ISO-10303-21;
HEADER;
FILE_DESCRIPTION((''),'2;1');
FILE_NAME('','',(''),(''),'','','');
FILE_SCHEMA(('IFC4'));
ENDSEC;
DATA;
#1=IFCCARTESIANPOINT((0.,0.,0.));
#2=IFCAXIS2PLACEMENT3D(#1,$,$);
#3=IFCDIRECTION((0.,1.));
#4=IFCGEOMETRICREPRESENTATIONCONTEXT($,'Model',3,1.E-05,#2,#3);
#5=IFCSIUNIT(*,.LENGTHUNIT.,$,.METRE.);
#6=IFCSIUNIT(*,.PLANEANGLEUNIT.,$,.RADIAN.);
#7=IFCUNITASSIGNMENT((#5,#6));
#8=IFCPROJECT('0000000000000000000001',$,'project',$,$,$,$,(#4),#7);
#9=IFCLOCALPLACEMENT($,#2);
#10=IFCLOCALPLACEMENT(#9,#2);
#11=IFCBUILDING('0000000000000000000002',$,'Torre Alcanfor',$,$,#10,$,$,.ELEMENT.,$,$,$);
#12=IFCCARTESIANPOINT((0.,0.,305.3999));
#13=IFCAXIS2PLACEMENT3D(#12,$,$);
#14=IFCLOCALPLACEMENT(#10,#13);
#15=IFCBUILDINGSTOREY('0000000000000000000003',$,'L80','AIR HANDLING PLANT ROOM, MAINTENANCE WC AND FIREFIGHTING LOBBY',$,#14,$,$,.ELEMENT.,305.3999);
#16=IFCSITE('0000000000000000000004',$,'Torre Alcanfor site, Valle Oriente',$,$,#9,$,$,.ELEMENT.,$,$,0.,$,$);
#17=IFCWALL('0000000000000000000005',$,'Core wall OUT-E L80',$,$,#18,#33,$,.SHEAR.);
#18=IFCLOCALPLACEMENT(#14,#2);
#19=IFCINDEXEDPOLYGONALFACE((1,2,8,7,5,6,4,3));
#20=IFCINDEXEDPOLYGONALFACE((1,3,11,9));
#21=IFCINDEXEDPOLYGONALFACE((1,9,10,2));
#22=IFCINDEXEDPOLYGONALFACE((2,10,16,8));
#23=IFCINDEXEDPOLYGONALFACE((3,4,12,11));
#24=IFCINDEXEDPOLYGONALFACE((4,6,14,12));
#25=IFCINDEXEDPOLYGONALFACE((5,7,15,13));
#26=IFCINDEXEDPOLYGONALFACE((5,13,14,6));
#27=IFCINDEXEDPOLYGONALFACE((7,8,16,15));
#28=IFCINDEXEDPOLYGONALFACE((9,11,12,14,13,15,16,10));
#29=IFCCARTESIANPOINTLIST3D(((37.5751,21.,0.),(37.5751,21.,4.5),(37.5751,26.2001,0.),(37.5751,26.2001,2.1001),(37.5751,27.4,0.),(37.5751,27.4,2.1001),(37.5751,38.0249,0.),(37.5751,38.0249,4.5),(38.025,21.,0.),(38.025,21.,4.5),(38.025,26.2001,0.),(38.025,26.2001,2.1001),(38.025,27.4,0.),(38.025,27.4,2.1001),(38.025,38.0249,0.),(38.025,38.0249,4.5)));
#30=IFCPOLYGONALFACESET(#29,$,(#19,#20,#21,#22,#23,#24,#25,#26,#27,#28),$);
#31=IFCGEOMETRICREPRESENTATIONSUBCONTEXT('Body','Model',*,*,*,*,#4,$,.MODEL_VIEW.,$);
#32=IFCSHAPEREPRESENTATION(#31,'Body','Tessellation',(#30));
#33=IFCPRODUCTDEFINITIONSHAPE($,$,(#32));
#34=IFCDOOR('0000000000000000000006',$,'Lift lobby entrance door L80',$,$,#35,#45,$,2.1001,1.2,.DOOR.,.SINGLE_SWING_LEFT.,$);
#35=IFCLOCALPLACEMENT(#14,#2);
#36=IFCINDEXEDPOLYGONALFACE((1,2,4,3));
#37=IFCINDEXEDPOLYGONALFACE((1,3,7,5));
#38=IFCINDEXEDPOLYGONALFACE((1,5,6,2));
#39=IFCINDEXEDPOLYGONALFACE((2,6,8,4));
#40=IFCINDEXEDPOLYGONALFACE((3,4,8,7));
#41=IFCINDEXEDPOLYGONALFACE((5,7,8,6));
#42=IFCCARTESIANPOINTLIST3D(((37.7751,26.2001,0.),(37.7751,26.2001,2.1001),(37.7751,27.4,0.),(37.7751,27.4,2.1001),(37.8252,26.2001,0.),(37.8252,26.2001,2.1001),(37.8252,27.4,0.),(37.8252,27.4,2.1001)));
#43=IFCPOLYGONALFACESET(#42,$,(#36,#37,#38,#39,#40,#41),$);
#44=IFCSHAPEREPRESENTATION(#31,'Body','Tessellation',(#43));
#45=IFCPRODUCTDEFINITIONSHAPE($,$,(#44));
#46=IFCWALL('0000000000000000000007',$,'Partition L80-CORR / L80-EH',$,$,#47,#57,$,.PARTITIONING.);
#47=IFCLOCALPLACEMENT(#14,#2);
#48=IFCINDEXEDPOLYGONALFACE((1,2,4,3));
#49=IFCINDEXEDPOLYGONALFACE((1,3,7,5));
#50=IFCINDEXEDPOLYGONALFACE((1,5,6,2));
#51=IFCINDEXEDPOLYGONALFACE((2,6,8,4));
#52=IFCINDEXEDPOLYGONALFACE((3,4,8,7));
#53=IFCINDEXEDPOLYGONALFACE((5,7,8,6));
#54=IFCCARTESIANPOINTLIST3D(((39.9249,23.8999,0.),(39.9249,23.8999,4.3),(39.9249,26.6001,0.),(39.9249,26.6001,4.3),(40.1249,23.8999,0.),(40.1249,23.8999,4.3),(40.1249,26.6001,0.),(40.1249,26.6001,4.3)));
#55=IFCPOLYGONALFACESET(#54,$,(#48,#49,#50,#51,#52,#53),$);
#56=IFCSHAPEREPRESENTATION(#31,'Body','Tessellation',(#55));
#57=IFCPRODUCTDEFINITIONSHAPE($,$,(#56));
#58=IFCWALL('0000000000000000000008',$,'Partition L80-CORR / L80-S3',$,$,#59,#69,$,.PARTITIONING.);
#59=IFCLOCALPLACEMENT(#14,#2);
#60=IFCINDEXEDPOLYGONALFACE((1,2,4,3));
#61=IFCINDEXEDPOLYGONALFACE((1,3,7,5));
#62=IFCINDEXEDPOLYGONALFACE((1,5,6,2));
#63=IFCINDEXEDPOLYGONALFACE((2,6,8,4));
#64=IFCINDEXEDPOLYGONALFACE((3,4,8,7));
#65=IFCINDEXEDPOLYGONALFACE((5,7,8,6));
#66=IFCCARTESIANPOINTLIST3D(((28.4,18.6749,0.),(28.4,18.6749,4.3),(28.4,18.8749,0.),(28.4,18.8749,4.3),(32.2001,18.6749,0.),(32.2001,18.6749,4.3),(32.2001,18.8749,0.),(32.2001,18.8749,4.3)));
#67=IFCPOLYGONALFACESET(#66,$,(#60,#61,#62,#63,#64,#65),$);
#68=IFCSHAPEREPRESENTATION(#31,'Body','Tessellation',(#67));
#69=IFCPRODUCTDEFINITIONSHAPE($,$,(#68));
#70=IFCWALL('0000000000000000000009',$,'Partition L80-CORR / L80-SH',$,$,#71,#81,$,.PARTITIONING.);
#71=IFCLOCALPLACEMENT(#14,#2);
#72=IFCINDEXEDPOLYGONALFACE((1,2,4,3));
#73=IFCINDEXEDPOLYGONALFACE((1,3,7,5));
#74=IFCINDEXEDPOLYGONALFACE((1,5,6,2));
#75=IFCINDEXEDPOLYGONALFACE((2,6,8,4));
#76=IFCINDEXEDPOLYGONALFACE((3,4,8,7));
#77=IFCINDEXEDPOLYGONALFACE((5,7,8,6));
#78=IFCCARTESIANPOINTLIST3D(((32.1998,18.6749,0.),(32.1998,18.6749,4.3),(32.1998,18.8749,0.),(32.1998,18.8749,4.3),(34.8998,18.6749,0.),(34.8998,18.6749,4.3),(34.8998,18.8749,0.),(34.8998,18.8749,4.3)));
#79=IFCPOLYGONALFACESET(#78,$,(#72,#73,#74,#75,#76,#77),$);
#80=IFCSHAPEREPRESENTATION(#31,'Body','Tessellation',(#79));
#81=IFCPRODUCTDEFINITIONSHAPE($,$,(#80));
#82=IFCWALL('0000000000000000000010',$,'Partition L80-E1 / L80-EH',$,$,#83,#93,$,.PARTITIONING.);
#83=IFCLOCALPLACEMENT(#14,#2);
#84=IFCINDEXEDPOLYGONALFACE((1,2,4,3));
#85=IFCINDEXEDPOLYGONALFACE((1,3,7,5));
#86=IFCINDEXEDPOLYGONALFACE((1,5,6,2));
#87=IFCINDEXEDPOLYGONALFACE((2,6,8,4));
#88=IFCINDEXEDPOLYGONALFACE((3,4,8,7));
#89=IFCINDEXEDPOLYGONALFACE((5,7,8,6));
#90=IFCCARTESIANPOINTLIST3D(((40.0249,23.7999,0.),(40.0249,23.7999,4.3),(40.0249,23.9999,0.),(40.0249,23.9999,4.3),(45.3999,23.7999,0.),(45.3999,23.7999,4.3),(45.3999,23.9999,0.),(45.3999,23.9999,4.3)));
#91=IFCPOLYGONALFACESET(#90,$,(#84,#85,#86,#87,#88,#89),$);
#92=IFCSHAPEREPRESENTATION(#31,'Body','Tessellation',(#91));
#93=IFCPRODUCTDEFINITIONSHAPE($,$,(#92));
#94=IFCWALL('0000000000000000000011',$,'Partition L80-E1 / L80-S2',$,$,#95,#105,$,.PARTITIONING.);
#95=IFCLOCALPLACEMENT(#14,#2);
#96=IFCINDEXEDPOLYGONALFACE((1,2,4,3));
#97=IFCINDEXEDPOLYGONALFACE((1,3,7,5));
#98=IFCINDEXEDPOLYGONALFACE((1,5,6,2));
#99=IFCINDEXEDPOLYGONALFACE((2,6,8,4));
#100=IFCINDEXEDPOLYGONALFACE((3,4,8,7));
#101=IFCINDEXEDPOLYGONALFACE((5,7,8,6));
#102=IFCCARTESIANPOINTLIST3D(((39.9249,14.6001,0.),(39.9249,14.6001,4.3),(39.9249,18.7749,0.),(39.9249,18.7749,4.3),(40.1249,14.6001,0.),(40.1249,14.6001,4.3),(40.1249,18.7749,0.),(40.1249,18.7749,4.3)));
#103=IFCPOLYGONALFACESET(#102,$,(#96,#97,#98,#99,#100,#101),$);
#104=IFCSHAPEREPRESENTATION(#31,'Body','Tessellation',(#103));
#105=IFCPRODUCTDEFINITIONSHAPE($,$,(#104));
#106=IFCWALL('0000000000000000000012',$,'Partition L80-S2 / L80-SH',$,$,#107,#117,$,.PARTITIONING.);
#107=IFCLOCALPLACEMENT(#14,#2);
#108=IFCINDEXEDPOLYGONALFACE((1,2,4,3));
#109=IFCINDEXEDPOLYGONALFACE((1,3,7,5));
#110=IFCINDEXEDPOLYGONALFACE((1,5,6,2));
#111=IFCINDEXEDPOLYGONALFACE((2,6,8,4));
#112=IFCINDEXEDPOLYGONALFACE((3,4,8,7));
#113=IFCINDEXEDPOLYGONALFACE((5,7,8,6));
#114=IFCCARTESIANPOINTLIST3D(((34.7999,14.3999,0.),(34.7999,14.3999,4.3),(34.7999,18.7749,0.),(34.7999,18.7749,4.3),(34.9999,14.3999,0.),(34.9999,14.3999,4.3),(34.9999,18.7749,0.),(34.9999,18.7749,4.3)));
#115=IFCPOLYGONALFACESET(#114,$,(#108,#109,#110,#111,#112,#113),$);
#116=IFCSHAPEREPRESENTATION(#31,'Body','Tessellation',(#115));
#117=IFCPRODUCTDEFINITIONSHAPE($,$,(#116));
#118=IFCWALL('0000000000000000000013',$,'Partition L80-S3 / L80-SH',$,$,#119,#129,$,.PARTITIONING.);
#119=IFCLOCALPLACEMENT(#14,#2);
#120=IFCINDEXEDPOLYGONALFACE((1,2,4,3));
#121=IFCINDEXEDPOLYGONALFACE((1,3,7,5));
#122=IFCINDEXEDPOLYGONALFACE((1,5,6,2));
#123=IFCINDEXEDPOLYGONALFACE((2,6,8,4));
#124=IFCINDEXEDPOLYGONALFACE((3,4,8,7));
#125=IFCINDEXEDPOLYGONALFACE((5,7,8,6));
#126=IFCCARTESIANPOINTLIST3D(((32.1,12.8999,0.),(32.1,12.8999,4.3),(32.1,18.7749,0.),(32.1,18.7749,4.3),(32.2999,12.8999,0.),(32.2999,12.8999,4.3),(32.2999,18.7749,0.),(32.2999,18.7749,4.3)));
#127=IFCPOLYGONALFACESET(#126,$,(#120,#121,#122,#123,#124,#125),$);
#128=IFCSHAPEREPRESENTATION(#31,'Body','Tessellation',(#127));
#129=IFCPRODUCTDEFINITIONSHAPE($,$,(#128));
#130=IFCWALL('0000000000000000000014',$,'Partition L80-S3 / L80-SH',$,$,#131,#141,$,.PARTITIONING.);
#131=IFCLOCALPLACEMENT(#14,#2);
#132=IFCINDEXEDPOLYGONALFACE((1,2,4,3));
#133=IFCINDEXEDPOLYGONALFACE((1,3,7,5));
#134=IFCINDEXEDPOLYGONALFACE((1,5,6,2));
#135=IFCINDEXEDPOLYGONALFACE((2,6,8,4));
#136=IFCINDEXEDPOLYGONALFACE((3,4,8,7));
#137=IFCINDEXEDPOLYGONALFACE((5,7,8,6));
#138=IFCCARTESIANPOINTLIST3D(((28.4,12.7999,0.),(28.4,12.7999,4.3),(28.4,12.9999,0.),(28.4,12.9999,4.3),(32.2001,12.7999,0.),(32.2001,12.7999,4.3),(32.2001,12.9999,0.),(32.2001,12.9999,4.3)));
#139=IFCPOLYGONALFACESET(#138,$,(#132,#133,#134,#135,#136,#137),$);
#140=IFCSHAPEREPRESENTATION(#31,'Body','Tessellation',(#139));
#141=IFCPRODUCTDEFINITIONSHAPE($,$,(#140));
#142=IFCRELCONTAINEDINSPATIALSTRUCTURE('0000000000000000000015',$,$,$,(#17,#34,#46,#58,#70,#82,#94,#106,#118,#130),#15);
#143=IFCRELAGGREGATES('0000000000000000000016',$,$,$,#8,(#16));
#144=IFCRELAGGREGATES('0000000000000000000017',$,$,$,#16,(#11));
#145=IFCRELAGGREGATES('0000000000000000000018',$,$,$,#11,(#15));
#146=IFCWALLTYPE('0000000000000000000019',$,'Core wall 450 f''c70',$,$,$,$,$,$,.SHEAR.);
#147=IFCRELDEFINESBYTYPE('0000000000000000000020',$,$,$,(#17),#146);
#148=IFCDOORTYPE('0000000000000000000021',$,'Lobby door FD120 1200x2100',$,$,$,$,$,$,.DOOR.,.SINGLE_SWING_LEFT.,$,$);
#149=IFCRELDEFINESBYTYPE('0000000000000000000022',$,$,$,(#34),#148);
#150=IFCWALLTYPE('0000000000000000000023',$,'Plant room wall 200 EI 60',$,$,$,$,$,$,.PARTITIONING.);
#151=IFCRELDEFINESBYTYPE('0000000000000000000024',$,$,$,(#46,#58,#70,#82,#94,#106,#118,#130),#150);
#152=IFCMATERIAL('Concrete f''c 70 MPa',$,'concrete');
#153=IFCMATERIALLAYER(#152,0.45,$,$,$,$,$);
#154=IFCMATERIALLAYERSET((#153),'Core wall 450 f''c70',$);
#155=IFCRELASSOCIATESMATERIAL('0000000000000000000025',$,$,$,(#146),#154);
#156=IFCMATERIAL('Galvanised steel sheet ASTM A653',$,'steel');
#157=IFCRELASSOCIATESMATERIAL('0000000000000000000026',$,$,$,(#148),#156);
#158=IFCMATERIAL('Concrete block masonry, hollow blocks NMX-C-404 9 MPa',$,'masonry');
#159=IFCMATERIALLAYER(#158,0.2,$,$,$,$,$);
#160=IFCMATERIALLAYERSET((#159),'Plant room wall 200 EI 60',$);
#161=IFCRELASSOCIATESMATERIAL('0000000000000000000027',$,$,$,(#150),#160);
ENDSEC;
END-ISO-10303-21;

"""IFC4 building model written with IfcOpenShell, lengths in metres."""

from ifc_helpers import new_model, si_unit, direction, frame, frame_2d, origin, place, context, subcontext, project, spatial, rectangle, extrude, material, layer, layer_set, type_object, element, fill, save


model = new_model("IFC4")

# Units and contexts
model_context = context("Model", 3, precision=1e-05, world=origin(), true_north=direction((0.0, 1.0)))
body_context = subcontext(model_context, "Body", "Model", "MODEL_VIEW")
ifc_project = project(units=[si_unit("LENGTHUNIT", "METRE"), si_unit("PLANEANGLEUNIT", "RADIAN")], contexts=[model_context])

# Site, building, storey
site_placement = place(None, origin())
site = spatial("IfcSite", under=ifc_project, at=site_placement, Name="Torre Alcanfor site, Valle Oriente", CompositionType="ELEMENT", RefElevation=0.0)
building_placement = place(site_placement, origin())
building = spatial("IfcBuilding", under=site, at=building_placement, Name="Torre Alcanfor", CompositionType="ELEMENT")
storey_placement = place(building_placement, frame((0.0, 0.0, 305.3999)))
storey = spatial("IfcBuildingStorey", under=building, at=storey_placement, Name="L80", Description="AIR HANDLING PLANT ROOM, MAINTENANCE WC AND FIREFIGHTING LOBBY", CompositionType="ELEMENT", Elevation=305.3999)

# Wall, opening, door
ifc_material_1 = material(Name="Concrete f'c 70 MPa", Category="concrete")
ifc_layer_1 = layer(ifc_material_1, 0.45)
ifc_layer_set_1 = layer_set([ifc_layer_1], Name="Core wall 450 f'c70")
wall_type_1 = type_object("IfcWallType", Name="Core wall 450 f'c70", PredefinedType="SHEAR", material=ifc_layer_set_1)
wall_1_placement = place(storey_placement, frame((37.8, 21.0, 0.0), z_axis=(0.0, 0.0, 1.0), x_axis=(0.0, 1.0, 0.0)))
wall_1 = element("IfcWall", 1, at=wall_1_placement, inside=storey, type_object=wall_type_1, Name="Core wall OUT-E L80", PredefinedType="SHEAR", context=body_context, shape_type="SweptSolid", body=[
    extrude(rectangle(XDim=17.0249, YDim=0.45, at=frame_2d((8.5125, 0.0))), origin(), (0.0, 0.0, 1.0), 4.5),
])
opening_1_placement = place(wall_1_placement, frame((5.2, 0.0, 0.0)))
opening_1 = element("IfcOpeningElement", 2, at=opening_1_placement, cuts=wall_1, PredefinedType="OPENING", context=body_context, shape_type="SweptSolid", body=[
    extrude(rectangle(XDim=1.2, YDim=2.1001, at=frame_2d((0.6001, 1.05))), frame((0.0, 0.2349, 0.0), z_axis=(0.0, -1.0, 0.0), x_axis=(1.0, 0.0, 0.0)), (0.0, 0.0, 1.0), 0.47),
])
ifc_material_2 = material(Name="Galvanised steel sheet ASTM A653", Category="steel")
door_type_1 = type_object("IfcDoorType", Name="Lobby door FD120 1200x2100", OperationType="SINGLE_SWING_LEFT", PredefinedType="DOOR", material=ifc_material_2)
door_1_placement = place(opening_1_placement, origin())
door_1 = element("IfcDoor", 3, at=door_1_placement, inside=storey, type_object=door_type_1, Name="Lift lobby entrance door L80", OperationType="SINGLE_SWING_LEFT", OverallHeight=2.1001, OverallWidth=1.2, PredefinedType="DOOR", context=body_context, shape_type="SweptSolid", body=[
    extrude(rectangle(XDim=1.2, YDim=2.1001, at=frame_2d((0.6001, 1.05))), frame((0.0, 0.0249, 0.0), z_axis=(0.0, -1.0, 0.0), x_axis=(1.0, 0.0, 0.0)), (0.0, 0.0, 1.0), 0.05),
])
fill(opening_1, door_1)
ifc_material_3 = material(Name="Concrete block masonry, hollow blocks NMX-C-404 9 MPa", Category="masonry")
ifc_layer_2 = layer(ifc_material_3, 0.2)
ifc_layer_set_2 = layer_set([ifc_layer_2], Name="Plant room wall 200 EI 60")
wall_type_2 = type_object("IfcWallType", Name="Plant room wall 200 EI 60", PredefinedType="PARTITIONING", material=ifc_layer_set_2)

# Wall
wall_2_placement = place(storey_placement, frame((40.0249, 26.6001, 0.0), z_axis=(0.0, 0.0, 1.0), x_axis=(0.0, -1.0, 0.0)))
element("IfcWall", 4, at=wall_2_placement, inside=storey, type_object=wall_type_2, Name="Partition L80-CORR / L80-EH", PredefinedType="PARTITIONING", context=body_context, shape_type="SweptSolid", body=[
    extrude(rectangle(XDim=2.7002, YDim=0.2, at=frame_2d((1.3501, 0.0))), origin(), (0.0, 0.0, 1.0), 4.3),
])

# Walls
wall_3_placement = place(storey_placement, frame((32.2, 18.7749, 0.0), z_axis=(0.0, 0.0, 1.0), x_axis=(-1.0, 0.0, 0.0)))
element("IfcWall", 5, at=wall_3_placement, inside=storey, type_object=wall_type_2, Name="Partition L80-CORR / L80-S3", PredefinedType="PARTITIONING", context=body_context, shape_type="SweptSolid", body=[
    extrude(rectangle(XDim=3.8, YDim=0.2, at=frame_2d((1.8999, 0.0))), origin(), (0.0, 0.0, 1.0), 4.3),
])
wall_4_placement = place(storey_placement, frame((34.8999, 18.7749, 0.0), z_axis=(0.0, 0.0, 1.0), x_axis=(-1.0, 0.0, 0.0)))
element("IfcWall", 6, at=wall_4_placement, inside=storey, type_object=wall_type_2, Name="Partition L80-CORR / L80-SH", PredefinedType="PARTITIONING", context=body_context, shape_type="SweptSolid", body=[
    extrude(rectangle(XDim=2.7, YDim=0.2, at=frame_2d((1.3501, 0.0))), origin(), (0.0, 0.0, 1.0), 4.3),
])
wall_5_placement = place(storey_placement, frame((40.0249, 23.8999, 0.0), z_axis=(0.0, 0.0, 1.0), x_axis=(1.0, 0.0, 0.0)))
element("IfcWall", 7, at=wall_5_placement, inside=storey, type_object=wall_type_2, Name="Partition L80-E1 / L80-EH", PredefinedType="PARTITIONING", context=body_context, shape_type="SweptSolid", body=[
    extrude(rectangle(XDim=5.375, YDim=0.2, at=frame_2d((2.6875, 0.0))), origin(), (0.0, 0.0, 1.0), 4.3),
])
wall_6_placement = place(storey_placement, frame((40.0249, 14.6001, 0.0), z_axis=(0.0, 0.0, 1.0), x_axis=(0.0, 1.0, 0.0)))
element("IfcWall", 8, at=wall_6_placement, inside=storey, type_object=wall_type_2, Name="Partition L80-E1 / L80-S2", PredefinedType="PARTITIONING", context=body_context, shape_type="SweptSolid", body=[
    extrude(rectangle(XDim=4.1748, YDim=0.2, at=frame_2d((2.0874, 0.0))), origin(), (0.0, 0.0, 1.0), 4.3),
])
wall_7_placement = place(storey_placement, frame((34.8999, 14.3999, 0.0), z_axis=(0.0, 0.0, 1.0), x_axis=(0.0, 1.0, 0.0)))
element("IfcWall", 9, at=wall_7_placement, inside=storey, type_object=wall_type_2, Name="Partition L80-S2 / L80-SH", PredefinedType="PARTITIONING", context=body_context, shape_type="SweptSolid", body=[
    extrude(rectangle(XDim=4.375, YDim=0.2, at=frame_2d((2.1875, 0.0))), origin(), (0.0, 0.0, 1.0), 4.3),
])

# Walls
wall_8_placement = place(storey_placement, frame((32.2, 18.7749, 0.0), z_axis=(0.0, 0.0, 1.0), x_axis=(0.0, -1.0, 0.0)))
element("IfcWall", 10, at=wall_8_placement, inside=storey, type_object=wall_type_2, Name="Partition L80-S3 / L80-SH", PredefinedType="PARTITIONING", context=body_context, shape_type="SweptSolid", body=[
    extrude(rectangle(XDim=5.875, YDim=0.2, at=frame_2d((2.9375, 0.0))), origin(), (0.0, 0.0, 1.0), 4.3),
])
wall_9_placement = place(storey_placement, frame((32.2, 12.8999, 0.0), z_axis=(0.0, 0.0, 1.0), x_axis=(-1.0, 0.0, 0.0)))
element("IfcWall", 11, at=wall_9_placement, inside=storey, type_object=wall_type_2, Name="Partition L80-S3 / L80-SH", PredefinedType="PARTITIONING", context=body_context, shape_type="SweptSolid", body=[
    extrude(rectangle(XDim=3.8, YDim=0.2, at=frame_2d((1.8999, 0.0))), origin(), (0.0, 0.0, 1.0), 4.3),
])

save(model, "model.ifc")
